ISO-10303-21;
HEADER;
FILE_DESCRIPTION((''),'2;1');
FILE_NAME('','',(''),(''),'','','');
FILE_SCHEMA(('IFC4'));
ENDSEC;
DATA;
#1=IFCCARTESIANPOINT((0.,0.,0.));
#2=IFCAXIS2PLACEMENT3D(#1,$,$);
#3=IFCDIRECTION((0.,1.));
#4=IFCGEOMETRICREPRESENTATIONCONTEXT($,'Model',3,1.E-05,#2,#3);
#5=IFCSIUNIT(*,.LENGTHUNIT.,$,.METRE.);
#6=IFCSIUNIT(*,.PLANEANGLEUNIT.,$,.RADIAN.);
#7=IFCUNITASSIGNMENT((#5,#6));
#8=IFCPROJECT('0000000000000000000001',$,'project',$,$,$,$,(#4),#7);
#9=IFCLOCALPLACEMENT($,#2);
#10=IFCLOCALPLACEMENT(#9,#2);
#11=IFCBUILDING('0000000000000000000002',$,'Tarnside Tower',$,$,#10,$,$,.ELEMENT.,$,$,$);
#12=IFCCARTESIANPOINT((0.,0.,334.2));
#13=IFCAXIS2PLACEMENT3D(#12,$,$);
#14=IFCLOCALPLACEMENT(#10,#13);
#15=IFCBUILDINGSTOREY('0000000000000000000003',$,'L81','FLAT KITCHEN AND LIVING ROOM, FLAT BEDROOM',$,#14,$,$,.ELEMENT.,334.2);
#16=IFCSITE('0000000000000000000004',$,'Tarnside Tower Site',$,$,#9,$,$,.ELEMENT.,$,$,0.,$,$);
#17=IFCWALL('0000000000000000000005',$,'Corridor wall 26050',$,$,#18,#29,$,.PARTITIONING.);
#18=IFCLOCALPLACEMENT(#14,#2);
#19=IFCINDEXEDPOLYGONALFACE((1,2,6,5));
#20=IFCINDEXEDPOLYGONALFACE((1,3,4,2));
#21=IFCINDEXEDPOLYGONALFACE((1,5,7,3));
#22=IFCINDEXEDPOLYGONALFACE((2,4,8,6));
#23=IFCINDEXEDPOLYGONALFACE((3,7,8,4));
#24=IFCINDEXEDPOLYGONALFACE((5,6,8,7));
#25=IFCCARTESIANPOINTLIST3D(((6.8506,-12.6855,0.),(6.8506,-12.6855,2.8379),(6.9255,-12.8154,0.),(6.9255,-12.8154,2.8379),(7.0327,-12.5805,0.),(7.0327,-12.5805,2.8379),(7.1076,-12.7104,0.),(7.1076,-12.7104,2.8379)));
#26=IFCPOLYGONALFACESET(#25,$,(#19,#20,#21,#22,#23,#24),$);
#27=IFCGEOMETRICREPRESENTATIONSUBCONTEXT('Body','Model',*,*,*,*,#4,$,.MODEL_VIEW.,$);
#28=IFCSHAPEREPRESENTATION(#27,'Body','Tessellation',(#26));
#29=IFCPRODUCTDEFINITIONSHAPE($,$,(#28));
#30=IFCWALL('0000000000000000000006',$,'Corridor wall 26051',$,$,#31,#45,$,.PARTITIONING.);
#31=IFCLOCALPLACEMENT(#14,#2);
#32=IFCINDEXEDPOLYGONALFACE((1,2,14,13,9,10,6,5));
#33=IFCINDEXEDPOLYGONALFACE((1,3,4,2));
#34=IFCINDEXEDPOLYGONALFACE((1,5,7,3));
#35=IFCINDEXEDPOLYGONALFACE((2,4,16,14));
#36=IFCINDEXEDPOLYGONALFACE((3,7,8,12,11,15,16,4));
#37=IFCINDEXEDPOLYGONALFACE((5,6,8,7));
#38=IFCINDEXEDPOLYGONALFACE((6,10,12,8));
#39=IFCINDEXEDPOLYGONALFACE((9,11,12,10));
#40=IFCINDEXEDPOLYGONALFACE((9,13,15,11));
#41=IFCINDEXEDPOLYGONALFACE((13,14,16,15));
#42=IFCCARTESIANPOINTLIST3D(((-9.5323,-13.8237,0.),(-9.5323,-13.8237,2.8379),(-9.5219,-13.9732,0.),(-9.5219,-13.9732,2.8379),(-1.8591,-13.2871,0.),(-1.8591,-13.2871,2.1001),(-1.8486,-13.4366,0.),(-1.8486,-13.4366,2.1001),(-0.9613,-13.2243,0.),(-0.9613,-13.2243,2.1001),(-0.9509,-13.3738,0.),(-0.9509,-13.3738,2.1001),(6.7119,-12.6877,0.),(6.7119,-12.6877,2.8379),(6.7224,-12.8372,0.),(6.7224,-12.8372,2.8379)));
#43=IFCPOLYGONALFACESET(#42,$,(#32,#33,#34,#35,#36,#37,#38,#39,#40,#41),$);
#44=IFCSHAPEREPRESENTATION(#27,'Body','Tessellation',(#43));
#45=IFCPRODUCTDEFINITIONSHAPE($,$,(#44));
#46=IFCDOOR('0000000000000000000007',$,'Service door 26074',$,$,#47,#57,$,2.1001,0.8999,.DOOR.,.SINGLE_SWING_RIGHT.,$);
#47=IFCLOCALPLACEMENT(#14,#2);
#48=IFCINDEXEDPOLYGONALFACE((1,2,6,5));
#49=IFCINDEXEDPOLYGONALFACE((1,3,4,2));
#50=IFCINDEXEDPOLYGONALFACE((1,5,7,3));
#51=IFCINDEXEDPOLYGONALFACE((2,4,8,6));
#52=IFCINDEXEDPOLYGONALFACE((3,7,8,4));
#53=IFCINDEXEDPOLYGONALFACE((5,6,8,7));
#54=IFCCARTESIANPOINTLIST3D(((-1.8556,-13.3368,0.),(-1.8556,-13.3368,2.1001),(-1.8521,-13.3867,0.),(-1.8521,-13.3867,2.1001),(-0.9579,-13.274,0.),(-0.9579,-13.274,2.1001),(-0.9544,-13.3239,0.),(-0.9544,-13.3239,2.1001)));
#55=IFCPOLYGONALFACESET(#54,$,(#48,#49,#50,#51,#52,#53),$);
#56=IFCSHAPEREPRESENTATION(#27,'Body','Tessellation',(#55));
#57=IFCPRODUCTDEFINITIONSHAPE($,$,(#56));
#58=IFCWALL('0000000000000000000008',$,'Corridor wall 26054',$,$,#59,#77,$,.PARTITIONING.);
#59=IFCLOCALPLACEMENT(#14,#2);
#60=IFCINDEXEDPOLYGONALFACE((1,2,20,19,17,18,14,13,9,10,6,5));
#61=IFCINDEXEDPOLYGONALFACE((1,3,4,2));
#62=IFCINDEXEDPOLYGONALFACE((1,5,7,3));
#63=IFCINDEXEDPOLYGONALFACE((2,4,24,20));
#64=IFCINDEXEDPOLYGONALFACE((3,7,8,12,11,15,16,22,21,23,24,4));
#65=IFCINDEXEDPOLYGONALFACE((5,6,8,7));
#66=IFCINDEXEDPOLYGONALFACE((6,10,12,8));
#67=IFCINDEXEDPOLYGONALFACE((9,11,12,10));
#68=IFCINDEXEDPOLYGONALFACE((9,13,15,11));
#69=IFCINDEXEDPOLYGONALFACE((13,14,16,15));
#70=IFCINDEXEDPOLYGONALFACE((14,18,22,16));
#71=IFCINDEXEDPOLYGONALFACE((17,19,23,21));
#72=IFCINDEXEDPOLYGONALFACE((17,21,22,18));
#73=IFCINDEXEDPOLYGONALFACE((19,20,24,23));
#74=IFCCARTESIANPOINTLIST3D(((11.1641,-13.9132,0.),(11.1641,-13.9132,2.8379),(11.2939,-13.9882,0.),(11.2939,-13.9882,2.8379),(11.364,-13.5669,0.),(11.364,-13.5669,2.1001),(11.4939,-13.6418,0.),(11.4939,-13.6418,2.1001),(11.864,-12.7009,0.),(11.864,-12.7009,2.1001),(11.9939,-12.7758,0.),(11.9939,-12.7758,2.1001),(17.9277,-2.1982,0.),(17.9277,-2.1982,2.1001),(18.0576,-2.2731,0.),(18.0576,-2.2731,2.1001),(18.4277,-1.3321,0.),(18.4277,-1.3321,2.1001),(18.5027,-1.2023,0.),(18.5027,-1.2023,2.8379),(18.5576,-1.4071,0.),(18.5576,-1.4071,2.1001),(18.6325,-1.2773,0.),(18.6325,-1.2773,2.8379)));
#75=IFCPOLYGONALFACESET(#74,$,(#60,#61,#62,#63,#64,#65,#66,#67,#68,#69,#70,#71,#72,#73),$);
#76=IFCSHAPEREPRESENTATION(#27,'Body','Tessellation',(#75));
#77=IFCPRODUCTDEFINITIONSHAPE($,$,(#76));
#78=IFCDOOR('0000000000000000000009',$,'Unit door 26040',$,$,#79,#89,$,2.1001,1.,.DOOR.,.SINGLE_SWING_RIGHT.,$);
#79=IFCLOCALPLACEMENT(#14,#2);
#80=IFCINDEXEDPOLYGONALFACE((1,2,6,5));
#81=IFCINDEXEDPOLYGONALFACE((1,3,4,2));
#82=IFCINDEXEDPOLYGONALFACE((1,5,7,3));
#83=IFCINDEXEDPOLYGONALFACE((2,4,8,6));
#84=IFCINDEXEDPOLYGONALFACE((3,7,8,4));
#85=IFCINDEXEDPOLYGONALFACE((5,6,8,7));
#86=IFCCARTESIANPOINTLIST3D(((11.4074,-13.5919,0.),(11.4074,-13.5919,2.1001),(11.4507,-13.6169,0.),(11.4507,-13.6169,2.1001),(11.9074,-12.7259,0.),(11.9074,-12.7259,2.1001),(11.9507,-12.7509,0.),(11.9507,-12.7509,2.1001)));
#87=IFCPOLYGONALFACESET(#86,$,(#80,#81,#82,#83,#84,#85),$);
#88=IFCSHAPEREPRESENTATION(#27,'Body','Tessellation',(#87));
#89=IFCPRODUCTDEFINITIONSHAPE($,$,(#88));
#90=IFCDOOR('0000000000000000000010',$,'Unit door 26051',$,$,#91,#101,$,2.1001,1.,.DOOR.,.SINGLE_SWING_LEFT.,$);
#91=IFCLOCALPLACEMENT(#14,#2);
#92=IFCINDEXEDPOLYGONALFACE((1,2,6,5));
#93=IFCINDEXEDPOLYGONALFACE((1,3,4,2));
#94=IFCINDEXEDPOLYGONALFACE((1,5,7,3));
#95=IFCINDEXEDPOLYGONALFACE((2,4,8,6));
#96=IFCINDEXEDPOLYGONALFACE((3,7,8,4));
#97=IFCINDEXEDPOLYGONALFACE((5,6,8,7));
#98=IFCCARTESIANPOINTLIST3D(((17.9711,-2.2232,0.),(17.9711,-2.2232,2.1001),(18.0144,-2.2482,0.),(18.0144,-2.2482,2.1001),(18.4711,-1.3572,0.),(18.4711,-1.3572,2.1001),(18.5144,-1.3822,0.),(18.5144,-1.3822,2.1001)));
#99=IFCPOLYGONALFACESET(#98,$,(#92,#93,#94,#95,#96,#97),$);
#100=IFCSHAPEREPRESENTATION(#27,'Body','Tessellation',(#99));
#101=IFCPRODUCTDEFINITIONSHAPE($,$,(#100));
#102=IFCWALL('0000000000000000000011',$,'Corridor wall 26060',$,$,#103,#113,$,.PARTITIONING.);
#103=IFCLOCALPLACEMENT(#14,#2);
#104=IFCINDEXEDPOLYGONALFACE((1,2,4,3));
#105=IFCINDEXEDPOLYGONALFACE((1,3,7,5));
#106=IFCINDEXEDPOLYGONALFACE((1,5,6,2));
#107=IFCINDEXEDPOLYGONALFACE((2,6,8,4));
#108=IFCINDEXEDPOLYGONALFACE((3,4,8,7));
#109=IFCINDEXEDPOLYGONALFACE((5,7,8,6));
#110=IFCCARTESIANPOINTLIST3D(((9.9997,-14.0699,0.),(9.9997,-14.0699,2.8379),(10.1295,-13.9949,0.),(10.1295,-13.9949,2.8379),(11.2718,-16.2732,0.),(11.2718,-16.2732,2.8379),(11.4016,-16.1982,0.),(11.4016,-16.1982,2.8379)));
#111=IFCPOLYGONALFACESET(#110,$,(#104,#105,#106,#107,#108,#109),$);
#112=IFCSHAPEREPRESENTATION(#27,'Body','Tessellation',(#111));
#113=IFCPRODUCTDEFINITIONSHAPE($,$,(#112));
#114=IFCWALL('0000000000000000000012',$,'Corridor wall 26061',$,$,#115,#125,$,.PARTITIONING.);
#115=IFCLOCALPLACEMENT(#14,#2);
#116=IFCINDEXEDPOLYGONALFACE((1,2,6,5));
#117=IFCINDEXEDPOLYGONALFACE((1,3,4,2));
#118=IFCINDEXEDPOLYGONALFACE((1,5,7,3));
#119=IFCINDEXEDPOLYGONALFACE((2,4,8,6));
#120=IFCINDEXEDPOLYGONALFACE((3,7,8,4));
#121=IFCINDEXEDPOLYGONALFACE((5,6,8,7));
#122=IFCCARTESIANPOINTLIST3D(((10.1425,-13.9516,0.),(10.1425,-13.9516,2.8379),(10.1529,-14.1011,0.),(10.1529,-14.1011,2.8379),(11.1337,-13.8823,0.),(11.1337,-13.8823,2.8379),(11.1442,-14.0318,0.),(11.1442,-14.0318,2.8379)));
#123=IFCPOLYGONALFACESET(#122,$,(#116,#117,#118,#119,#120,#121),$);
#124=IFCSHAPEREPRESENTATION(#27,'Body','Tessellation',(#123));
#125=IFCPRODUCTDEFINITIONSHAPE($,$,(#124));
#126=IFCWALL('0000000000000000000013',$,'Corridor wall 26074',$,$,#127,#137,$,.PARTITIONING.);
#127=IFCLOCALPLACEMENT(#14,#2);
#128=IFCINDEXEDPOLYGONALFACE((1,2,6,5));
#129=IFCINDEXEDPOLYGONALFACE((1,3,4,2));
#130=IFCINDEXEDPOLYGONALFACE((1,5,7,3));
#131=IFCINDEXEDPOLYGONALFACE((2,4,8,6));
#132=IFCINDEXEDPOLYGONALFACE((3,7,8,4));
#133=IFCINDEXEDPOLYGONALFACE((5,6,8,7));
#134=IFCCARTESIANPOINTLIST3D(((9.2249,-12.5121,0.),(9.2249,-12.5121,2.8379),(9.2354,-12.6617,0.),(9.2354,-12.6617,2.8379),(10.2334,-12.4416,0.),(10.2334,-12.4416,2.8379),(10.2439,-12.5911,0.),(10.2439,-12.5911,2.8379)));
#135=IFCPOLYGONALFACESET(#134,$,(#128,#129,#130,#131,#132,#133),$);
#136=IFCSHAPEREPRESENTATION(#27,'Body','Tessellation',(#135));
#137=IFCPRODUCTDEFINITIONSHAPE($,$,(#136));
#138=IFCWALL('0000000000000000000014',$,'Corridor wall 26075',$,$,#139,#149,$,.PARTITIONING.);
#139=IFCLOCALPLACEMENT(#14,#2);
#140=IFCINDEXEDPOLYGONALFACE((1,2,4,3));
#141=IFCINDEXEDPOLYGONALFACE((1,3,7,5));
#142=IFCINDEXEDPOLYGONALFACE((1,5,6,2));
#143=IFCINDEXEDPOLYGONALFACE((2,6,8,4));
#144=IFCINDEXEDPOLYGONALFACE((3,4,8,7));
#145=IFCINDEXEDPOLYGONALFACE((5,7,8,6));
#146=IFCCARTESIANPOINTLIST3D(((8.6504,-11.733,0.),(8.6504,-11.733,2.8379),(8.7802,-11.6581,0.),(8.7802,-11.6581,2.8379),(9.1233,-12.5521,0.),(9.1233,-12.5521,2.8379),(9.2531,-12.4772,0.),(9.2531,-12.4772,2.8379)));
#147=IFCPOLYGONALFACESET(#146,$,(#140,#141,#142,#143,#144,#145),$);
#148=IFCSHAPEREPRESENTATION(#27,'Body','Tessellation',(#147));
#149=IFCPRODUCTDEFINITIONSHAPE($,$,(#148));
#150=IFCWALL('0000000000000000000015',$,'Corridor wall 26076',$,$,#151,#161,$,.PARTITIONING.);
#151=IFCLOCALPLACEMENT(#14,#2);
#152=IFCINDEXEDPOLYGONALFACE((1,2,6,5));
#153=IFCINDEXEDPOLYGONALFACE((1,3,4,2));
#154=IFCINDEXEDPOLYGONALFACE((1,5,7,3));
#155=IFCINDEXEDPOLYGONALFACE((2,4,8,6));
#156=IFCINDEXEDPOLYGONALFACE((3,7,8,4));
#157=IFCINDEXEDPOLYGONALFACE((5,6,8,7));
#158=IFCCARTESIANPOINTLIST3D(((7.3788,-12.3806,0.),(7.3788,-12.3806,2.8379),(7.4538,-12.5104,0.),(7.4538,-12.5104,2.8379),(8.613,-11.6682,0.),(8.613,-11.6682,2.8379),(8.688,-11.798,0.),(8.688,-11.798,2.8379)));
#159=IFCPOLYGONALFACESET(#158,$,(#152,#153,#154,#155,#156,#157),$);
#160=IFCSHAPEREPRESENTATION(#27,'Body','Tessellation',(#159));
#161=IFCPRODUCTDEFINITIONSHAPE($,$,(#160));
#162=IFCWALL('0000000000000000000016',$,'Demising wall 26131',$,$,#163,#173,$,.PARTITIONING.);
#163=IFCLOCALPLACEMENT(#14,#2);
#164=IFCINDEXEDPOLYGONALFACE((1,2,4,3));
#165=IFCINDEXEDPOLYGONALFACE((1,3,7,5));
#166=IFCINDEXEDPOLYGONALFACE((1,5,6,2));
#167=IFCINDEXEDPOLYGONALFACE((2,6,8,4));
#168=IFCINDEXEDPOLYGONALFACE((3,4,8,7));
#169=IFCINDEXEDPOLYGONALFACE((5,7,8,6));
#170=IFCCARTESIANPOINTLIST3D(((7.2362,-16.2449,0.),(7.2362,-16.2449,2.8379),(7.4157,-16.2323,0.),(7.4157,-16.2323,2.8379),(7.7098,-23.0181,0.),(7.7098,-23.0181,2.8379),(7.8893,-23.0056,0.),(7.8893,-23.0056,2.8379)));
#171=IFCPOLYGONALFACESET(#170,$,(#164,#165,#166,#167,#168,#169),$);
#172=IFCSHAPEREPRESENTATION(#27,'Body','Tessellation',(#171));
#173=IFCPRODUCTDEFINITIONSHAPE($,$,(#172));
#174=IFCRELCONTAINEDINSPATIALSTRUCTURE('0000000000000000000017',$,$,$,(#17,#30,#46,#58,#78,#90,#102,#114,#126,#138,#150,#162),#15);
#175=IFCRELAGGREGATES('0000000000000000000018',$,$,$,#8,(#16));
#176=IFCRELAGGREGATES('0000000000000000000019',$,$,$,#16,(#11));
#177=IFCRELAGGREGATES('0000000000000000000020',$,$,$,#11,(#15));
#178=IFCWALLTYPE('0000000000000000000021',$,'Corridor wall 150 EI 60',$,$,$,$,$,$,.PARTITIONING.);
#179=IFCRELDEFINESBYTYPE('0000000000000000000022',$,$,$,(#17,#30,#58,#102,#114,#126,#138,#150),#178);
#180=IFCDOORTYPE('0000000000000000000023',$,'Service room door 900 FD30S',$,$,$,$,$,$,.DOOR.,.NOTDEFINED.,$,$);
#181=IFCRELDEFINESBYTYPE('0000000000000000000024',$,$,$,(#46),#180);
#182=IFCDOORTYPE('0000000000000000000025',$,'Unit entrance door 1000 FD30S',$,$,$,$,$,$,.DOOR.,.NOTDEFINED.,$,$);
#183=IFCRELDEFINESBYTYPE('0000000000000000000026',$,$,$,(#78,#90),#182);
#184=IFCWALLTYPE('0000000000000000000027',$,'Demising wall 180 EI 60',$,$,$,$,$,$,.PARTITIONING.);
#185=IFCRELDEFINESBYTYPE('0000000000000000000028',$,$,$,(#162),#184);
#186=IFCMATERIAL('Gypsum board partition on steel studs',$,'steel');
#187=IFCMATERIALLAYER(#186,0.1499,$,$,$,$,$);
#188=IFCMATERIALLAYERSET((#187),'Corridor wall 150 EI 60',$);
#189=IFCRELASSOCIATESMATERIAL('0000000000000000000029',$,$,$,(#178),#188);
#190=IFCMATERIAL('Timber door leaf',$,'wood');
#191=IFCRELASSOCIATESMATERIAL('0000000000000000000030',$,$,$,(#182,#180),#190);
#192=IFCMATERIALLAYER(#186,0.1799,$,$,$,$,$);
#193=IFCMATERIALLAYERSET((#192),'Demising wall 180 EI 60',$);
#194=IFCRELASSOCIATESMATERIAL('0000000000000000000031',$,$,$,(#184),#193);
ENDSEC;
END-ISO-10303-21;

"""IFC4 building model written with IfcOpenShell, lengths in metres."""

from ifc_helpers import new_model, si_unit, direction, frame, frame_2d, origin, place, context, subcontext, project, spatial, rectangle, extrude, material, layer, layer_set, type_object, element, fill, save


model = new_model("IFC4")

# Units and contexts
model_context = context("Model", 3, precision=1e-05, world=origin(), true_north=direction((0.0, 1.0)))
body_context = subcontext(model_context, "Body", "Model", "MODEL_VIEW")
ifc_project = project(units=[si_unit("LENGTHUNIT", "METRE"), si_unit("PLANEANGLEUNIT", "RADIAN")], contexts=[model_context])

# Site, building, storey
site_placement = place(None, origin())
site = spatial("IfcSite", under=ifc_project, at=site_placement, Name="Tarnside Tower Site", CompositionType="ELEMENT", RefElevation=0.0)
building_placement = place(site_placement, origin())
building = spatial("IfcBuilding", under=site, at=building_placement, Name="Tarnside Tower", CompositionType="ELEMENT")
storey_placement = place(building_placement, frame((0.0, 0.0, 334.2)))
storey = spatial("IfcBuildingStorey", under=building, at=storey_placement, Name="L81", Description="FLAT KITCHEN AND LIVING ROOM, FLAT BEDROOM", CompositionType="ELEMENT", Elevation=334.2)

# Shared definitions
ifc_material_1 = material(Name="Gypsum board partition on steel studs", Category="steel")
ifc_material_2 = material(Name="Timber door leaf", Category="wood")
ifc_layer_1 = layer(ifc_material_1, 0.1499)
ifc_layer_set_1 = layer_set([ifc_layer_1], Name="Corridor wall 150 EI 60")
wall_type_1 = type_object("IfcWallType", Name="Corridor wall 150 EI 60", PredefinedType="PARTITIONING", material=ifc_layer_set_1)
door_type_1 = type_object("IfcDoorType", Name="Unit entrance door 1000 FD30S", OperationType="NOTDEFINED", PredefinedType="DOOR", material=ifc_material_2)

# Wall
wall_1_placement = place(storey_placement, frame((7.0701, -12.6455, 0.0), z_axis=(0.0, 0.0, 1.0), x_axis=(-0.866379, -0.499387, 0.0)))
element("IfcWall", 1, at=wall_1_placement, inside=storey, type_object=wall_type_1, Name="Corridor wall 26050", PredefinedType="PARTITIONING", context=body_context, shape_type="SweptSolid", body=[
    extrude(rectangle(XDim=0.2102, YDim=0.1499, at=frame_2d((0.105, 0.0))), origin(), (0.0, 0.0, 1.0), 2.8379),
])

# Wall, opening, door
wall_2_placement = place(storey_placement, frame((6.7173, -12.7625, 0.0), z_axis=(0.0, 0.0, 1.0), x_axis=(-0.997564, -0.069761, 0.0)))
wall_2 = element("IfcWall", 2, at=wall_2_placement, inside=storey, type_object=wall_type_1, Name="Corridor wall 26051", PredefinedType="PARTITIONING", context=body_context, shape_type="SweptSolid", body=[
    extrude(rectangle(XDim=16.2839, YDim=0.1499, at=frame_2d((8.1421, 0.0))), origin(), (0.0, 0.0, 1.0), 2.8379),
])
opening_1_placement = place(wall_2_placement, frame((7.6921, 0.0, 0.0)))
opening_1 = element("IfcOpeningElement", 3, at=opening_1_placement, cuts=wall_2, PredefinedType="OPENING", context=body_context, shape_type="SweptSolid", body=[
    extrude(rectangle(XDim=0.8999, YDim=2.1001, at=frame_2d((0.45, 1.05))), frame((0.0, 0.085, 0.0), z_axis=(0.0, -1.0, 0.0), x_axis=(1.0, 0.0, 0.0)), (0.0, 0.0, 1.0), 0.1699),
])
door_type_2 = type_object("IfcDoorType", Name="Service room door 900 FD30S", OperationType="NOTDEFINED", PredefinedType="DOOR", material=ifc_material_2)
door_1_placement = place(opening_1_placement, origin())
door_1 = element("IfcDoor", 4, at=door_1_placement, inside=storey, type_object=door_type_2, Name="Service door 26074", OperationType="SINGLE_SWING_RIGHT", OverallHeight=2.1001, OverallWidth=0.8999, PredefinedType="DOOR", context=body_context, shape_type="SweptSolid", body=[
    extrude(rectangle(XDim=0.8999, YDim=2.1001, at=frame_2d((0.45, 1.05))), frame((0.0, 0.0249, 0.0), z_axis=(0.0, -1.0, 0.0), x_axis=(1.0, 0.0, 0.0)), (0.0, 0.0, 1.0), 0.05),
])
fill(opening_1, door_1)

# Wall, openings, doors
wall_3_placement = place(storey_placement, frame((11.229, -13.9507, 0.0), z_axis=(0.0, 0.0, 1.0), x_axis=(0.499998, 0.866027, 0.0)))
wall_3 = element("IfcWall", 5, at=wall_3_placement, inside=storey, type_object=wall_type_1, Name="Corridor wall 26054", PredefinedType="PARTITIONING", context=body_context, shape_type="SweptSolid", body=[
    extrude(rectangle(XDim=14.6772, YDim=0.1499, at=frame_2d((7.3386, 0.0))), origin(), (0.0, 0.0, 1.0), 2.8379),
])
opening_2_placement = place(wall_3_placement, frame((0.3999, 0.0, 0.0)))
opening_2 = element("IfcOpeningElement", 6, at=opening_2_placement, cuts=wall_3, PredefinedType="OPENING", context=body_context, shape_type="SweptSolid", body=[
    extrude(rectangle(XDim=1.0, YDim=2.1001, at=frame_2d((0.5, 1.05))), frame((0.0, 0.085, 0.0), z_axis=(0.0, -1.0, 0.0), x_axis=(1.0, 0.0, 0.0)), (0.0, 0.0, 1.0), 0.1699),
])
opening_3_placement = place(wall_3_placement, frame((13.5273, 0.0, 0.0)))
opening_3 = element("IfcOpeningElement", 7, at=opening_3_placement, cuts=wall_3, PredefinedType="OPENING", context=body_context, shape_type="SweptSolid", body=[
    extrude(rectangle(XDim=1.0, YDim=2.1001, at=frame_2d((0.5, 1.05))), frame((0.0, 0.085, 0.0), z_axis=(0.0, -1.0, 0.0), x_axis=(1.0, 0.0, 0.0)), (0.0, 0.0, 1.0), 0.1699),
])
door_2_placement = place(opening_2_placement, origin())
door_2 = element("IfcDoor", 8, at=door_2_placement, inside=storey, type_object=door_type_1, Name="Unit door 26040", OperationType="SINGLE_SWING_RIGHT", OverallHeight=2.1001, OverallWidth=1.0, PredefinedType="DOOR", context=body_context, shape_type="SweptSolid", body=[
    extrude(rectangle(XDim=1.0, YDim=2.1001, at=frame_2d((0.5, 1.05))), frame((0.0, 0.0249, 0.0), z_axis=(0.0, -1.0, 0.0), x_axis=(1.0, 0.0, 0.0)), (0.0, 0.0, 1.0), 0.05),
])
fill(opening_2, door_2)
door_3_placement = place(opening_3_placement, origin())
door_3 = element("IfcDoor", 9, at=door_3_placement, inside=storey, type_object=door_type_1, Name="Unit door 26051", OperationType="SINGLE_SWING_LEFT", OverallHeight=2.1001, OverallWidth=1.0, PredefinedType="DOOR", context=body_context, shape_type="SweptSolid", body=[
    extrude(rectangle(XDim=1.0, YDim=2.1001, at=frame_2d((0.5, 1.05))), frame((0.0, 0.0249, 0.0), z_axis=(0.0, -1.0, 0.0), x_axis=(1.0, 0.0, 0.0)), (0.0, 0.0, 1.0), 0.05),
])
fill(opening_3, door_3)

# Walls
wall_4_placement = place(storey_placement, frame((11.3367, -16.2356, 0.0), z_axis=(0.0, 0.0, 1.0), x_axis=(-0.50003, 0.866008, 0.0)))
element("IfcWall", 10, at=wall_4_placement, inside=storey, type_object=wall_type_1, Name="Corridor wall 26060", PredefinedType="PARTITIONING", context=body_context, shape_type="SweptSolid", body=[
    extrude(rectangle(XDim=2.5442, YDim=0.1499, at=frame_2d((1.272, 0.0))), origin(), (0.0, 0.0, 1.0), 2.8379),
])
wall_5_placement = place(storey_placement, frame((10.1477, -14.0264, 0.0), z_axis=(0.0, 0.0, 1.0), x_axis=(0.997562, 0.06978, 0.0)))
element("IfcWall", 11, at=wall_5_placement, inside=storey, type_object=wall_type_1, Name="Corridor wall 26061", PredefinedType="PARTITIONING", context=body_context, shape_type="SweptSolid", body=[
    extrude(rectangle(XDim=0.9937, YDim=0.1499, at=frame_2d((0.4968, 0.0))), origin(), (0.0, 0.0, 1.0), 2.8379),
])
wall_6_placement = place(storey_placement, frame((10.2385, -12.5164, 0.0), z_axis=(0.0, 0.0, 1.0), x_axis=(-0.997562, -0.069788, 0.0)))
element("IfcWall", 12, at=wall_6_placement, inside=storey, type_object=wall_type_1, Name="Corridor wall 26074", PredefinedType="PARTITIONING", context=body_context, shape_type="SweptSolid", body=[
    extrude(rectangle(XDim=1.011, YDim=0.1499, at=frame_2d((0.5054, 0.0))), origin(), (0.0, 0.0, 1.0), 2.8379),
])
wall_7_placement = place(storey_placement, frame((9.1882, -12.5146, 0.0), z_axis=(0.0, 0.0, 1.0), x_axis=(-0.499998, 0.866027, 0.0)))
element("IfcWall", 13, at=wall_7_placement, inside=storey, type_object=wall_type_1, Name="Corridor wall 26075", PredefinedType="PARTITIONING", context=body_context, shape_type="SweptSolid", body=[
    extrude(rectangle(XDim=0.9458, YDim=0.1499, at=frame_2d((0.4729, 0.0))), origin(), (0.0, 0.0, 1.0), 2.8379),
])
wall_8_placement = place(storey_placement, frame((8.6504, -11.7332, 0.0), z_axis=(0.0, 0.0, 1.0), x_axis=(-0.866063, -0.499935, 0.0)))
element("IfcWall", 14, at=wall_8_placement, inside=storey, type_object=wall_type_1, Name="Corridor wall 26076", PredefinedType="PARTITIONING", context=body_context, shape_type="SweptSolid", body=[
    extrude(rectangle(XDim=1.425, YDim=0.1499, at=frame_2d((0.7124, 0.0))), origin(), (0.0, 0.0, 1.0), 2.8379),
])
ifc_layer_2 = layer(ifc_material_1, 0.1799)
ifc_layer_set_2 = layer_set([ifc_layer_2], Name="Demising wall 180 EI 60")
wall_type_2 = type_object("IfcWallType", Name="Demising wall 180 EI 60", PredefinedType="PARTITIONING", material=ifc_layer_set_2)
wall_9_placement = place(storey_placement, frame((7.7996, -23.012, 0.0), z_axis=(0.0, 0.0, 1.0), x_axis=(-0.069757, 0.997564, 0.0)))
element("IfcWall", 15, at=wall_9_placement, inside=storey, type_object=wall_type_2, Name="Demising wall 26131", PredefinedType="PARTITIONING", context=body_context, shape_type="SweptSolid", body=[
    extrude(rectangle(XDim=6.7898, YDim=0.1799, at=frame_2d((3.395, 0.0))), origin(), (0.0, 0.0, 1.0), 2.8379),
])

save(model, "model.ifc")
